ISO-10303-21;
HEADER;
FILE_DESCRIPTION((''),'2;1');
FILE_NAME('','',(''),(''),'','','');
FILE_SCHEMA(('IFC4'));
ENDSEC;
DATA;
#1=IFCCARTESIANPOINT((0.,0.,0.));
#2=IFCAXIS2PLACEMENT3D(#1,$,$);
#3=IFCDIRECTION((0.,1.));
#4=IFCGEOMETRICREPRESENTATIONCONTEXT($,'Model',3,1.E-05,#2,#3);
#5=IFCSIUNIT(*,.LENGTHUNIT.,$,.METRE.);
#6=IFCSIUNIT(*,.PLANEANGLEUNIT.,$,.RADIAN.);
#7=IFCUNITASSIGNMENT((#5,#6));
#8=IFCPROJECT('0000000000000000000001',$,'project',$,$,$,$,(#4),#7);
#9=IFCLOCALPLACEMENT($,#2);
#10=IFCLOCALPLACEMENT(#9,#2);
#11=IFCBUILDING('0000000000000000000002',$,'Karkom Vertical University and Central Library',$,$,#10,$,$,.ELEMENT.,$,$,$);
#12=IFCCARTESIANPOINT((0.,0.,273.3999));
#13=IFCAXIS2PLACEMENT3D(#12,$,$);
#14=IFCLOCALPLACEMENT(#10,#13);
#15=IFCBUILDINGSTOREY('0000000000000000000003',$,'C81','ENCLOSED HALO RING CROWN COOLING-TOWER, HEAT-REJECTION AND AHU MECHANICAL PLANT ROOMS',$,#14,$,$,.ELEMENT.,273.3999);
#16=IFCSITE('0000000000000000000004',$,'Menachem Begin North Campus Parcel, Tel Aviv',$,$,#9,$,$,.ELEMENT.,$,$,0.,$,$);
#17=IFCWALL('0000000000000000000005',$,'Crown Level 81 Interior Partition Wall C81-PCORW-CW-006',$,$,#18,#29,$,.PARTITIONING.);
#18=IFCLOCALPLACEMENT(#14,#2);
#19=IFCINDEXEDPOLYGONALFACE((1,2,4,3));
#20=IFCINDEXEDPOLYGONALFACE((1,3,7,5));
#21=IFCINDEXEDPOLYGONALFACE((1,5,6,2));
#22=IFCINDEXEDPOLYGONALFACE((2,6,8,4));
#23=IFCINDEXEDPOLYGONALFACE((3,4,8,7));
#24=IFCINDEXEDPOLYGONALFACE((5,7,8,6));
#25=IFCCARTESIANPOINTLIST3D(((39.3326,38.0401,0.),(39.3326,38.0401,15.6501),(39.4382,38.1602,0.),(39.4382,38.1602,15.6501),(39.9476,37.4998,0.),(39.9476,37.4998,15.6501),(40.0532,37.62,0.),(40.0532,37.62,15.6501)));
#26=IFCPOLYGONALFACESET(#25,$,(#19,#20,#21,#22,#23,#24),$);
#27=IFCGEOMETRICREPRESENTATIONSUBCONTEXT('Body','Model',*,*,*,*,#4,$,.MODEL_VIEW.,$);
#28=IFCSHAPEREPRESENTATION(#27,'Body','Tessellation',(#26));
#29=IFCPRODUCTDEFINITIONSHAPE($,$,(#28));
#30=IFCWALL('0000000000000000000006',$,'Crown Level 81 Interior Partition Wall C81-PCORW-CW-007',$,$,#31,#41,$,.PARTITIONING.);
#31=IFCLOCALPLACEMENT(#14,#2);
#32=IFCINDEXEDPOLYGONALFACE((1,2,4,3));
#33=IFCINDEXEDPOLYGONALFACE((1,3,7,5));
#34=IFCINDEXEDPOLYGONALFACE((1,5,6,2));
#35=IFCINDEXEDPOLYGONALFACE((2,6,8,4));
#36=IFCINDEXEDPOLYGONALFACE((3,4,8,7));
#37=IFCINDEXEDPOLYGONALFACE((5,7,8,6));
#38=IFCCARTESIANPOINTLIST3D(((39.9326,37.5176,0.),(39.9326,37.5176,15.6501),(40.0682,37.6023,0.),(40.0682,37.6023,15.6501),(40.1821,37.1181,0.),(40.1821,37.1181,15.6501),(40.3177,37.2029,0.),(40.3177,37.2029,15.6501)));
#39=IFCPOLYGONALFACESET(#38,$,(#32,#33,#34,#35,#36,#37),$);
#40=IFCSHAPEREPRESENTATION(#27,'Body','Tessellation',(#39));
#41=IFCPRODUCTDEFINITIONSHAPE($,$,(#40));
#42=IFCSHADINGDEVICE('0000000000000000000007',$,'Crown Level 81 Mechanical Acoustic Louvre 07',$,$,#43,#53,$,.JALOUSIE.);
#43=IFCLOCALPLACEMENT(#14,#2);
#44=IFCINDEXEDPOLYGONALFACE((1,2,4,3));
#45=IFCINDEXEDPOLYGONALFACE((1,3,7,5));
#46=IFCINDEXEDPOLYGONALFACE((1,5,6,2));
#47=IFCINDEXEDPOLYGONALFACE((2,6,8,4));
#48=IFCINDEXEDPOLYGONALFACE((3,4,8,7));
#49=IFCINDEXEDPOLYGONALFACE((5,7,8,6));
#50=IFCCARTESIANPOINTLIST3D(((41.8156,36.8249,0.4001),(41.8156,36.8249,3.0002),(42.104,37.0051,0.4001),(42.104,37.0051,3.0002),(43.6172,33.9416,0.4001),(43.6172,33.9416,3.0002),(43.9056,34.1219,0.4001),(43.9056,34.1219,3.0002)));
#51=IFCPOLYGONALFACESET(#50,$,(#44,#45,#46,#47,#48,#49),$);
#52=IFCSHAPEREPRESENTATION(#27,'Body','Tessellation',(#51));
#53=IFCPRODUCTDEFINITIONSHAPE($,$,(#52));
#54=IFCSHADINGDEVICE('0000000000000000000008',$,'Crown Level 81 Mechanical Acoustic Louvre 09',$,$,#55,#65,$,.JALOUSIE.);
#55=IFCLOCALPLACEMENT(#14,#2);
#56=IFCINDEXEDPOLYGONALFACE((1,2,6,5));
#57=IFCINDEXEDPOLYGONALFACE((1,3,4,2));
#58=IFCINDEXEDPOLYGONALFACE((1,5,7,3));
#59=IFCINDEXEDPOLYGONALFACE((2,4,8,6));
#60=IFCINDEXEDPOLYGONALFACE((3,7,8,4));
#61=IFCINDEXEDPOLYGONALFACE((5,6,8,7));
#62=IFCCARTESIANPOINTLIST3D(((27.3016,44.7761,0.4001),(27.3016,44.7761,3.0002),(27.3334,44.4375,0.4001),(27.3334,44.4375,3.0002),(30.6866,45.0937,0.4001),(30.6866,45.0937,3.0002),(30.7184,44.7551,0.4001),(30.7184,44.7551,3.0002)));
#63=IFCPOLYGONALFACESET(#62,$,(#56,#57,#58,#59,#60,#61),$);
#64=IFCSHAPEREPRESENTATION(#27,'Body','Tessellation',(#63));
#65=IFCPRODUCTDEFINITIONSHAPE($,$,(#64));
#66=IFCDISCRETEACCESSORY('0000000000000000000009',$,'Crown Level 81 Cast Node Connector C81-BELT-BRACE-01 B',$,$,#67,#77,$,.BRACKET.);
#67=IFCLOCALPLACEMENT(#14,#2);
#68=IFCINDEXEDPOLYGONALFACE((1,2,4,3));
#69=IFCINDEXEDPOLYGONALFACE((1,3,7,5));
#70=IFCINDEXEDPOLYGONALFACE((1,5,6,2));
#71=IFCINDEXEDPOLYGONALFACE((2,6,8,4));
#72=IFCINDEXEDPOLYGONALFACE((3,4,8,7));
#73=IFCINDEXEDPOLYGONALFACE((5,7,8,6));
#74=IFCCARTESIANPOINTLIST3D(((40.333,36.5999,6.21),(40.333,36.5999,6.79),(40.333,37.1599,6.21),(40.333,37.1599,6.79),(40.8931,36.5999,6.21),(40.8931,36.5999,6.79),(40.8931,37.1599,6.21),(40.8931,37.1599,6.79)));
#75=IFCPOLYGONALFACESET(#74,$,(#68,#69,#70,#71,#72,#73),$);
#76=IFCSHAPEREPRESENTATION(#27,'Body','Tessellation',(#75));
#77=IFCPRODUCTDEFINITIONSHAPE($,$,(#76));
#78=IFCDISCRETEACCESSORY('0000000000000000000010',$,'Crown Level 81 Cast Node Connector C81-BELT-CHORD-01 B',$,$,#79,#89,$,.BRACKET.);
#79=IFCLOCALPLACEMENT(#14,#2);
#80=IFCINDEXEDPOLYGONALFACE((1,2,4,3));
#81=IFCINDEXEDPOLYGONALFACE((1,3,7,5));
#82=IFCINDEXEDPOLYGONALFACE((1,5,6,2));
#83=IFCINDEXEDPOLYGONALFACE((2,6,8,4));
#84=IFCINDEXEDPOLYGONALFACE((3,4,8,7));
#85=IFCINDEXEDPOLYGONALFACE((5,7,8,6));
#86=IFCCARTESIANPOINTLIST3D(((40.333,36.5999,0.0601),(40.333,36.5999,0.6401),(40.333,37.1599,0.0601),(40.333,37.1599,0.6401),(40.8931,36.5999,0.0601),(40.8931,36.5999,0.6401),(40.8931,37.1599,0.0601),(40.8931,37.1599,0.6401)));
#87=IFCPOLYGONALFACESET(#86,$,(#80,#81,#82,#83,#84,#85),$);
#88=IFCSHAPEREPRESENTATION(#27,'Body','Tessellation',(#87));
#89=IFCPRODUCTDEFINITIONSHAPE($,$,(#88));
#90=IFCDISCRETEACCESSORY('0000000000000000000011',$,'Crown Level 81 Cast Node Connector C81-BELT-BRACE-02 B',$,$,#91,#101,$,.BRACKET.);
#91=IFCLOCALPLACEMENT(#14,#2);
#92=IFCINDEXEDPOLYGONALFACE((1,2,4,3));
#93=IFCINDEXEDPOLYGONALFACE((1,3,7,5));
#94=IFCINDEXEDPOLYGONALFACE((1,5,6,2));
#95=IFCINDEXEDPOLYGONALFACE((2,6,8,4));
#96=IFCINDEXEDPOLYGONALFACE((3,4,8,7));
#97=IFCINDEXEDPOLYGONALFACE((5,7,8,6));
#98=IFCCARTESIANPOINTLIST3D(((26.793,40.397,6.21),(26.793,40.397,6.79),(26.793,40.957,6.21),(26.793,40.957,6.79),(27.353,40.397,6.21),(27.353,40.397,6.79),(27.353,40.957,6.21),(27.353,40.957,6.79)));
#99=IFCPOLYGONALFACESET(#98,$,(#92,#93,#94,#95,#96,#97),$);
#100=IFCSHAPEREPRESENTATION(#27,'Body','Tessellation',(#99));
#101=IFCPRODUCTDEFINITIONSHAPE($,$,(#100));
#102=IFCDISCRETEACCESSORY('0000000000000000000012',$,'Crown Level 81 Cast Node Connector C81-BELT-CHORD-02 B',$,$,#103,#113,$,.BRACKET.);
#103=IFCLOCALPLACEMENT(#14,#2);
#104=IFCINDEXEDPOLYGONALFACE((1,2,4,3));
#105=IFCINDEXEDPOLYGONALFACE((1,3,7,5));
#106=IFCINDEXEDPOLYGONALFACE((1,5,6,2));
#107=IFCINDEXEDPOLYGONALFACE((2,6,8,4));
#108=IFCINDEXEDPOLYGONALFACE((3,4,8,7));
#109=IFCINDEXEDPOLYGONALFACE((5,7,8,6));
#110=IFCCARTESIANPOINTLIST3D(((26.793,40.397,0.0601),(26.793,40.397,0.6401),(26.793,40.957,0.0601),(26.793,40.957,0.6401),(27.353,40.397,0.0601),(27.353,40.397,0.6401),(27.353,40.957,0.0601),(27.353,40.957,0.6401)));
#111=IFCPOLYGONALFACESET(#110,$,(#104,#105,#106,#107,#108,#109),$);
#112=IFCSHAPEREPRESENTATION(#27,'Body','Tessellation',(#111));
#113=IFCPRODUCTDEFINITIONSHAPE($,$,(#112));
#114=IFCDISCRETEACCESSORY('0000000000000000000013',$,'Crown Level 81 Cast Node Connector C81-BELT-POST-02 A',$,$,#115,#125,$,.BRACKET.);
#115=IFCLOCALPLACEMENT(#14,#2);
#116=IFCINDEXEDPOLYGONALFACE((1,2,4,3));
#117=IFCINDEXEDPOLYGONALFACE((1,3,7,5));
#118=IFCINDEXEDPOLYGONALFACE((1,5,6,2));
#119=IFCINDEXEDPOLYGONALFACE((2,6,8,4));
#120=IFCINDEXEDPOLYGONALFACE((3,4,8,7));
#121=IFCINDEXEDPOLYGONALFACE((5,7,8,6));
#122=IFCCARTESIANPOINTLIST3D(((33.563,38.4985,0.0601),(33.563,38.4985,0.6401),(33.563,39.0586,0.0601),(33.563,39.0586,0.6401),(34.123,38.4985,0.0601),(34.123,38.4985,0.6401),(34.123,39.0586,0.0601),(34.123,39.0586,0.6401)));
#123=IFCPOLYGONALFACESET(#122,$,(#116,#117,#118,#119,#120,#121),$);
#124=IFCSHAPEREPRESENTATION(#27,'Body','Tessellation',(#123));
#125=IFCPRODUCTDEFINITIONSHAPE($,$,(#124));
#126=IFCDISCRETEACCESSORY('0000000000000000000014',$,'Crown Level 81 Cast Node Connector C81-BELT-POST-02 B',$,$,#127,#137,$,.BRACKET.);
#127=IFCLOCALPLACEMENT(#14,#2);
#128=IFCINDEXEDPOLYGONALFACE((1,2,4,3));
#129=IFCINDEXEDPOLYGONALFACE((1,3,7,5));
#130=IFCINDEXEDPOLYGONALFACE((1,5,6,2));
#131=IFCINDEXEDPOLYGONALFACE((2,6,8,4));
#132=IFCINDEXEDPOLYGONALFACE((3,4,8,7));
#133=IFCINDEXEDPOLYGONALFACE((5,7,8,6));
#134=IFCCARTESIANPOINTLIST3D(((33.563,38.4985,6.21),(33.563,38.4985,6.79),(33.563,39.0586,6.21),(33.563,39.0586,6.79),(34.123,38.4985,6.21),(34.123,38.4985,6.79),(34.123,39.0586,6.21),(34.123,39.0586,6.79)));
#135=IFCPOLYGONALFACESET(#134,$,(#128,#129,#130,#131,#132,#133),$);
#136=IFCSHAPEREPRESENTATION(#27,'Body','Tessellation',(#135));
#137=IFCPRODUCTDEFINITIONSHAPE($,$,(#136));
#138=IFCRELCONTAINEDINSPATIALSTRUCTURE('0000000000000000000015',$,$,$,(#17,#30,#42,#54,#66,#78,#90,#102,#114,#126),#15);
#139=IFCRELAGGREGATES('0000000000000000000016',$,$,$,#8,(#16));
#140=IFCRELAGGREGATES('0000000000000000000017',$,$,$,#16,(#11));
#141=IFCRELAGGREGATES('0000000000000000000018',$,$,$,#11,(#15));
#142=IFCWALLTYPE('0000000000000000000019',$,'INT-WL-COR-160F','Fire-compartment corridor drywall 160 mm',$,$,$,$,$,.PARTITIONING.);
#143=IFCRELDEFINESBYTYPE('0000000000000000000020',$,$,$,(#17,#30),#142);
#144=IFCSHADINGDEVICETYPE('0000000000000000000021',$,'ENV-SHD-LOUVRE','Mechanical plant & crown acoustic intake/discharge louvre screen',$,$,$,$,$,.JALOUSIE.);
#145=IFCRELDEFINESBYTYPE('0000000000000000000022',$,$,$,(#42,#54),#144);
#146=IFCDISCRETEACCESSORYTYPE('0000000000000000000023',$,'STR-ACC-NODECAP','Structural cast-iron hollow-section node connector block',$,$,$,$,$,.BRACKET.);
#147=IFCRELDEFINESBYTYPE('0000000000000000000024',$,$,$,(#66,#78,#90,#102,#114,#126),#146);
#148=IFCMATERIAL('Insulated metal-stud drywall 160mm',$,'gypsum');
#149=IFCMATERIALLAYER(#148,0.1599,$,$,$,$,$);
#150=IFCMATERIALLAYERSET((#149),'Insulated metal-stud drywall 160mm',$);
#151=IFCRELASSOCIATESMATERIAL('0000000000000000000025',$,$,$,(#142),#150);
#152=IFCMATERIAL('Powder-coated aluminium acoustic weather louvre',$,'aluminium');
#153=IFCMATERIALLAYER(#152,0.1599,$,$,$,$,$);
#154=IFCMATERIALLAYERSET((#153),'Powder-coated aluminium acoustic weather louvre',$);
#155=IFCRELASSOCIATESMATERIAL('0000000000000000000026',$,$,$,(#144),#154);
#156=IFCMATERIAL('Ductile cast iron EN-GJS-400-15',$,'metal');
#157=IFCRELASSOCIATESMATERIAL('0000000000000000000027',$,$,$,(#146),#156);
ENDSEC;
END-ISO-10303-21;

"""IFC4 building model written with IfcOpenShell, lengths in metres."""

from ifc_helpers import new_model, si_unit, direction, frame, frame_2d, origin, origin_with_axes, origin_2d, place, context, subcontext, project, spatial, rectangle, extrude, source, transform, mapped, material, layer, layer_set, type_object, element, save


model = new_model("IFC4")

# Units and contexts
model_context = context("Model", 3, precision=1e-05, world=origin(), true_north=direction((0.0, 1.0)))
body_context = subcontext(model_context, "Body", "Model", "MODEL_VIEW")
ifc_project = project(units=[si_unit("LENGTHUNIT", "METRE"), si_unit("PLANEANGLEUNIT", "RADIAN")], contexts=[model_context])

# Site, building, storey
site_placement = place(None, origin())
site = spatial("IfcSite", under=ifc_project, at=site_placement, Name="Menachem Begin North Campus Parcel, Tel Aviv", CompositionType="ELEMENT", RefElevation=0.0)
building_placement = place(site_placement, origin())
building = spatial("IfcBuilding", under=site, at=building_placement, Name="Karkom Vertical University and Central Library", CompositionType="ELEMENT")
storey_placement = place(building_placement, frame((0.0, 0.0, 273.3999)))
storey = spatial("IfcBuildingStorey", under=building, at=storey_placement, Name="C81", Description="ENCLOSED HALO RING CROWN COOLING-TOWER, HEAT-REJECTION AND AHU MECHANICAL PLANT ROOMS", CompositionType="ELEMENT", Elevation=273.3999)

# Shared definitions
ifc_material_1 = material(Name="Insulated metal-stud drywall 160mm", Category="gypsum")
ifc_layer_1 = layer(ifc_material_1, 0.1599)
ifc_layer_set_1 = layer_set([ifc_layer_1], Name="Insulated metal-stud drywall 160mm")
wall_type_1 = type_object("IfcWallType", Name="INT-WL-COR-160F", Description="Fire-compartment corridor drywall 160 mm", PredefinedType="PARTITIONING", material=ifc_layer_set_1)

# Walls
wall_1_placement = place(storey_placement, frame((39.3855, 38.1001, 0.0), z_axis=(0.0, 0.0, 1.0), x_axis=(0.751263, -0.660002, 0.0)))
element("IfcWall", 1, at=wall_1_placement, inside=storey, type_object=wall_type_1, Name="Crown Level 81 Interior Partition Wall C81-PCORW-CW-006", PredefinedType="PARTITIONING", context=body_context, shape_type="SweptSolid", body=[
    extrude(rectangle(XDim=0.8186, YDim=0.1599, at=frame_2d((0.4092, 0.0))), origin(), (0.0, 0.0, 1.0), 15.6501),
])
wall_2_placement = place(storey_placement, frame((40.0005, 37.5598, 0.0), z_axis=(0.0, 0.0, 1.0), x_axis=(0.529813, -0.848115, 0.0)))
element("IfcWall", 2, at=wall_2_placement, inside=storey, type_object=wall_type_1, Name="Crown Level 81 Interior Partition Wall C81-PCORW-CW-007", PredefinedType="PARTITIONING", context=body_context, shape_type="SweptSolid", body=[
    extrude(rectangle(XDim=0.4709, YDim=0.1599, at=frame_2d((0.2354, 0.0))), origin(), (0.0, 0.0, 1.0), 15.6501),
])

# Shading devices
ifc_material_2 = material(Name="Powder-coated aluminium acoustic weather louvre", Category="aluminium")
ifc_layer_2 = layer(ifc_material_2, 0.1599)
ifc_layer_set_2 = layer_set([ifc_layer_2], Name="Powder-coated aluminium acoustic weather louvre")
shading_device_type = type_object("IfcShadingDeviceType", Name="ENV-SHD-LOUVRE", Description="Mechanical plant & crown acoustic intake/discharge louvre screen", PredefinedType="JALOUSIE", material=ifc_layer_set_2)
shared_shape_1 = source(origin_with_axes(), body_context, "Body", "SweptSolid", [
    extrude(rectangle(XDim=3.3999, YDim=0.3401, at=origin_2d()), origin(), (0.0, 0.0, 1.0), 2.6001),
])
for number, where, z_axis, x_axis, name in (
    (3, (42.8606, 35.4734, 0.4001), (0.0, 0.0, 1.0), (-0.529919, 0.848048, 0.0), "Crown Level 81 Mechanical Acoustic Louvre 07"),
    (4, (29.01, 44.7656, 0.4001), (0.0, 0.0, 1.0), (-0.995627, -0.093413, 0.0), "Crown Level 81 Mechanical Acoustic Louvre 09"),
):
    element("IfcShadingDevice", number, at=place(storey_placement, frame(where, z_axis=z_axis, x_axis=x_axis)), inside=storey, type_object=shading_device_type, Name=name, PredefinedType="JALOUSIE", context=body_context, shape_type="MappedRepresentation", body=[
        mapped(shared_shape_1, transform((0.0, 0.0, 0.0), scale=1.0)),
    ])

# Discrete accessories
ifc_material_3 = material(Name="Ductile cast iron EN-GJS-400-15", Category="metal")
discrete_accessory_type = type_object("IfcDiscreteAccessoryType", Name="STR-ACC-NODECAP", Description="Structural cast-iron hollow-section node connector block", PredefinedType="BRACKET", material=ifc_material_3)
shared_shape_2 = source(origin_with_axes(), body_context, "Body", "SweptSolid", [
    extrude(rectangle(XDim=0.5601, YDim=0.5601, at=origin_2d()), origin(), (0.0, 0.0, 1.0), 0.5801),
])
for number, where, z_axis, x_axis, name in (
    (5, (40.613, 36.8799, 6.21), (0.0, 0.0, 1.0), (1.0, 0.0, 0.0), "Crown Level 81 Cast Node Connector C81-BELT-BRACE-01 B"),
    (6, (40.613, 36.8799, 0.0601), (0.0, 0.0, 1.0), (1.0, 0.0, 0.0), "Crown Level 81 Cast Node Connector C81-BELT-CHORD-01 B"),
    (7, (27.073, 40.677, 6.21), (0.0, 0.0, 1.0), (1.0, 0.0, 0.0), "Crown Level 81 Cast Node Connector C81-BELT-BRACE-02 B"),
    (8, (27.073, 40.677, 0.0601), (0.0, 0.0, 1.0), (1.0, 0.0, 0.0), "Crown Level 81 Cast Node Connector C81-BELT-CHORD-02 B"),
    (9, (33.843, 38.7786, 0.0601), (0.0, 0.0, 1.0), (1.0, 0.0, 0.0), "Crown Level 81 Cast Node Connector C81-BELT-POST-02 A"),
    (10, (33.843, 38.7786, 6.21), (0.0, 0.0, 1.0), (1.0, 0.0, 0.0), "Crown Level 81 Cast Node Connector C81-BELT-POST-02 B"),
):
    element("IfcDiscreteAccessory", number, at=place(storey_placement, frame(where, z_axis=z_axis, x_axis=x_axis)), inside=storey, type_object=discrete_accessory_type, Name=name, PredefinedType="BRACKET", context=body_context, shape_type="MappedRepresentation", body=[
        mapped(shared_shape_2, transform((0.0, 0.0, 0.0), scale=1.0)),
    ])

save(model, "model.ifc")
